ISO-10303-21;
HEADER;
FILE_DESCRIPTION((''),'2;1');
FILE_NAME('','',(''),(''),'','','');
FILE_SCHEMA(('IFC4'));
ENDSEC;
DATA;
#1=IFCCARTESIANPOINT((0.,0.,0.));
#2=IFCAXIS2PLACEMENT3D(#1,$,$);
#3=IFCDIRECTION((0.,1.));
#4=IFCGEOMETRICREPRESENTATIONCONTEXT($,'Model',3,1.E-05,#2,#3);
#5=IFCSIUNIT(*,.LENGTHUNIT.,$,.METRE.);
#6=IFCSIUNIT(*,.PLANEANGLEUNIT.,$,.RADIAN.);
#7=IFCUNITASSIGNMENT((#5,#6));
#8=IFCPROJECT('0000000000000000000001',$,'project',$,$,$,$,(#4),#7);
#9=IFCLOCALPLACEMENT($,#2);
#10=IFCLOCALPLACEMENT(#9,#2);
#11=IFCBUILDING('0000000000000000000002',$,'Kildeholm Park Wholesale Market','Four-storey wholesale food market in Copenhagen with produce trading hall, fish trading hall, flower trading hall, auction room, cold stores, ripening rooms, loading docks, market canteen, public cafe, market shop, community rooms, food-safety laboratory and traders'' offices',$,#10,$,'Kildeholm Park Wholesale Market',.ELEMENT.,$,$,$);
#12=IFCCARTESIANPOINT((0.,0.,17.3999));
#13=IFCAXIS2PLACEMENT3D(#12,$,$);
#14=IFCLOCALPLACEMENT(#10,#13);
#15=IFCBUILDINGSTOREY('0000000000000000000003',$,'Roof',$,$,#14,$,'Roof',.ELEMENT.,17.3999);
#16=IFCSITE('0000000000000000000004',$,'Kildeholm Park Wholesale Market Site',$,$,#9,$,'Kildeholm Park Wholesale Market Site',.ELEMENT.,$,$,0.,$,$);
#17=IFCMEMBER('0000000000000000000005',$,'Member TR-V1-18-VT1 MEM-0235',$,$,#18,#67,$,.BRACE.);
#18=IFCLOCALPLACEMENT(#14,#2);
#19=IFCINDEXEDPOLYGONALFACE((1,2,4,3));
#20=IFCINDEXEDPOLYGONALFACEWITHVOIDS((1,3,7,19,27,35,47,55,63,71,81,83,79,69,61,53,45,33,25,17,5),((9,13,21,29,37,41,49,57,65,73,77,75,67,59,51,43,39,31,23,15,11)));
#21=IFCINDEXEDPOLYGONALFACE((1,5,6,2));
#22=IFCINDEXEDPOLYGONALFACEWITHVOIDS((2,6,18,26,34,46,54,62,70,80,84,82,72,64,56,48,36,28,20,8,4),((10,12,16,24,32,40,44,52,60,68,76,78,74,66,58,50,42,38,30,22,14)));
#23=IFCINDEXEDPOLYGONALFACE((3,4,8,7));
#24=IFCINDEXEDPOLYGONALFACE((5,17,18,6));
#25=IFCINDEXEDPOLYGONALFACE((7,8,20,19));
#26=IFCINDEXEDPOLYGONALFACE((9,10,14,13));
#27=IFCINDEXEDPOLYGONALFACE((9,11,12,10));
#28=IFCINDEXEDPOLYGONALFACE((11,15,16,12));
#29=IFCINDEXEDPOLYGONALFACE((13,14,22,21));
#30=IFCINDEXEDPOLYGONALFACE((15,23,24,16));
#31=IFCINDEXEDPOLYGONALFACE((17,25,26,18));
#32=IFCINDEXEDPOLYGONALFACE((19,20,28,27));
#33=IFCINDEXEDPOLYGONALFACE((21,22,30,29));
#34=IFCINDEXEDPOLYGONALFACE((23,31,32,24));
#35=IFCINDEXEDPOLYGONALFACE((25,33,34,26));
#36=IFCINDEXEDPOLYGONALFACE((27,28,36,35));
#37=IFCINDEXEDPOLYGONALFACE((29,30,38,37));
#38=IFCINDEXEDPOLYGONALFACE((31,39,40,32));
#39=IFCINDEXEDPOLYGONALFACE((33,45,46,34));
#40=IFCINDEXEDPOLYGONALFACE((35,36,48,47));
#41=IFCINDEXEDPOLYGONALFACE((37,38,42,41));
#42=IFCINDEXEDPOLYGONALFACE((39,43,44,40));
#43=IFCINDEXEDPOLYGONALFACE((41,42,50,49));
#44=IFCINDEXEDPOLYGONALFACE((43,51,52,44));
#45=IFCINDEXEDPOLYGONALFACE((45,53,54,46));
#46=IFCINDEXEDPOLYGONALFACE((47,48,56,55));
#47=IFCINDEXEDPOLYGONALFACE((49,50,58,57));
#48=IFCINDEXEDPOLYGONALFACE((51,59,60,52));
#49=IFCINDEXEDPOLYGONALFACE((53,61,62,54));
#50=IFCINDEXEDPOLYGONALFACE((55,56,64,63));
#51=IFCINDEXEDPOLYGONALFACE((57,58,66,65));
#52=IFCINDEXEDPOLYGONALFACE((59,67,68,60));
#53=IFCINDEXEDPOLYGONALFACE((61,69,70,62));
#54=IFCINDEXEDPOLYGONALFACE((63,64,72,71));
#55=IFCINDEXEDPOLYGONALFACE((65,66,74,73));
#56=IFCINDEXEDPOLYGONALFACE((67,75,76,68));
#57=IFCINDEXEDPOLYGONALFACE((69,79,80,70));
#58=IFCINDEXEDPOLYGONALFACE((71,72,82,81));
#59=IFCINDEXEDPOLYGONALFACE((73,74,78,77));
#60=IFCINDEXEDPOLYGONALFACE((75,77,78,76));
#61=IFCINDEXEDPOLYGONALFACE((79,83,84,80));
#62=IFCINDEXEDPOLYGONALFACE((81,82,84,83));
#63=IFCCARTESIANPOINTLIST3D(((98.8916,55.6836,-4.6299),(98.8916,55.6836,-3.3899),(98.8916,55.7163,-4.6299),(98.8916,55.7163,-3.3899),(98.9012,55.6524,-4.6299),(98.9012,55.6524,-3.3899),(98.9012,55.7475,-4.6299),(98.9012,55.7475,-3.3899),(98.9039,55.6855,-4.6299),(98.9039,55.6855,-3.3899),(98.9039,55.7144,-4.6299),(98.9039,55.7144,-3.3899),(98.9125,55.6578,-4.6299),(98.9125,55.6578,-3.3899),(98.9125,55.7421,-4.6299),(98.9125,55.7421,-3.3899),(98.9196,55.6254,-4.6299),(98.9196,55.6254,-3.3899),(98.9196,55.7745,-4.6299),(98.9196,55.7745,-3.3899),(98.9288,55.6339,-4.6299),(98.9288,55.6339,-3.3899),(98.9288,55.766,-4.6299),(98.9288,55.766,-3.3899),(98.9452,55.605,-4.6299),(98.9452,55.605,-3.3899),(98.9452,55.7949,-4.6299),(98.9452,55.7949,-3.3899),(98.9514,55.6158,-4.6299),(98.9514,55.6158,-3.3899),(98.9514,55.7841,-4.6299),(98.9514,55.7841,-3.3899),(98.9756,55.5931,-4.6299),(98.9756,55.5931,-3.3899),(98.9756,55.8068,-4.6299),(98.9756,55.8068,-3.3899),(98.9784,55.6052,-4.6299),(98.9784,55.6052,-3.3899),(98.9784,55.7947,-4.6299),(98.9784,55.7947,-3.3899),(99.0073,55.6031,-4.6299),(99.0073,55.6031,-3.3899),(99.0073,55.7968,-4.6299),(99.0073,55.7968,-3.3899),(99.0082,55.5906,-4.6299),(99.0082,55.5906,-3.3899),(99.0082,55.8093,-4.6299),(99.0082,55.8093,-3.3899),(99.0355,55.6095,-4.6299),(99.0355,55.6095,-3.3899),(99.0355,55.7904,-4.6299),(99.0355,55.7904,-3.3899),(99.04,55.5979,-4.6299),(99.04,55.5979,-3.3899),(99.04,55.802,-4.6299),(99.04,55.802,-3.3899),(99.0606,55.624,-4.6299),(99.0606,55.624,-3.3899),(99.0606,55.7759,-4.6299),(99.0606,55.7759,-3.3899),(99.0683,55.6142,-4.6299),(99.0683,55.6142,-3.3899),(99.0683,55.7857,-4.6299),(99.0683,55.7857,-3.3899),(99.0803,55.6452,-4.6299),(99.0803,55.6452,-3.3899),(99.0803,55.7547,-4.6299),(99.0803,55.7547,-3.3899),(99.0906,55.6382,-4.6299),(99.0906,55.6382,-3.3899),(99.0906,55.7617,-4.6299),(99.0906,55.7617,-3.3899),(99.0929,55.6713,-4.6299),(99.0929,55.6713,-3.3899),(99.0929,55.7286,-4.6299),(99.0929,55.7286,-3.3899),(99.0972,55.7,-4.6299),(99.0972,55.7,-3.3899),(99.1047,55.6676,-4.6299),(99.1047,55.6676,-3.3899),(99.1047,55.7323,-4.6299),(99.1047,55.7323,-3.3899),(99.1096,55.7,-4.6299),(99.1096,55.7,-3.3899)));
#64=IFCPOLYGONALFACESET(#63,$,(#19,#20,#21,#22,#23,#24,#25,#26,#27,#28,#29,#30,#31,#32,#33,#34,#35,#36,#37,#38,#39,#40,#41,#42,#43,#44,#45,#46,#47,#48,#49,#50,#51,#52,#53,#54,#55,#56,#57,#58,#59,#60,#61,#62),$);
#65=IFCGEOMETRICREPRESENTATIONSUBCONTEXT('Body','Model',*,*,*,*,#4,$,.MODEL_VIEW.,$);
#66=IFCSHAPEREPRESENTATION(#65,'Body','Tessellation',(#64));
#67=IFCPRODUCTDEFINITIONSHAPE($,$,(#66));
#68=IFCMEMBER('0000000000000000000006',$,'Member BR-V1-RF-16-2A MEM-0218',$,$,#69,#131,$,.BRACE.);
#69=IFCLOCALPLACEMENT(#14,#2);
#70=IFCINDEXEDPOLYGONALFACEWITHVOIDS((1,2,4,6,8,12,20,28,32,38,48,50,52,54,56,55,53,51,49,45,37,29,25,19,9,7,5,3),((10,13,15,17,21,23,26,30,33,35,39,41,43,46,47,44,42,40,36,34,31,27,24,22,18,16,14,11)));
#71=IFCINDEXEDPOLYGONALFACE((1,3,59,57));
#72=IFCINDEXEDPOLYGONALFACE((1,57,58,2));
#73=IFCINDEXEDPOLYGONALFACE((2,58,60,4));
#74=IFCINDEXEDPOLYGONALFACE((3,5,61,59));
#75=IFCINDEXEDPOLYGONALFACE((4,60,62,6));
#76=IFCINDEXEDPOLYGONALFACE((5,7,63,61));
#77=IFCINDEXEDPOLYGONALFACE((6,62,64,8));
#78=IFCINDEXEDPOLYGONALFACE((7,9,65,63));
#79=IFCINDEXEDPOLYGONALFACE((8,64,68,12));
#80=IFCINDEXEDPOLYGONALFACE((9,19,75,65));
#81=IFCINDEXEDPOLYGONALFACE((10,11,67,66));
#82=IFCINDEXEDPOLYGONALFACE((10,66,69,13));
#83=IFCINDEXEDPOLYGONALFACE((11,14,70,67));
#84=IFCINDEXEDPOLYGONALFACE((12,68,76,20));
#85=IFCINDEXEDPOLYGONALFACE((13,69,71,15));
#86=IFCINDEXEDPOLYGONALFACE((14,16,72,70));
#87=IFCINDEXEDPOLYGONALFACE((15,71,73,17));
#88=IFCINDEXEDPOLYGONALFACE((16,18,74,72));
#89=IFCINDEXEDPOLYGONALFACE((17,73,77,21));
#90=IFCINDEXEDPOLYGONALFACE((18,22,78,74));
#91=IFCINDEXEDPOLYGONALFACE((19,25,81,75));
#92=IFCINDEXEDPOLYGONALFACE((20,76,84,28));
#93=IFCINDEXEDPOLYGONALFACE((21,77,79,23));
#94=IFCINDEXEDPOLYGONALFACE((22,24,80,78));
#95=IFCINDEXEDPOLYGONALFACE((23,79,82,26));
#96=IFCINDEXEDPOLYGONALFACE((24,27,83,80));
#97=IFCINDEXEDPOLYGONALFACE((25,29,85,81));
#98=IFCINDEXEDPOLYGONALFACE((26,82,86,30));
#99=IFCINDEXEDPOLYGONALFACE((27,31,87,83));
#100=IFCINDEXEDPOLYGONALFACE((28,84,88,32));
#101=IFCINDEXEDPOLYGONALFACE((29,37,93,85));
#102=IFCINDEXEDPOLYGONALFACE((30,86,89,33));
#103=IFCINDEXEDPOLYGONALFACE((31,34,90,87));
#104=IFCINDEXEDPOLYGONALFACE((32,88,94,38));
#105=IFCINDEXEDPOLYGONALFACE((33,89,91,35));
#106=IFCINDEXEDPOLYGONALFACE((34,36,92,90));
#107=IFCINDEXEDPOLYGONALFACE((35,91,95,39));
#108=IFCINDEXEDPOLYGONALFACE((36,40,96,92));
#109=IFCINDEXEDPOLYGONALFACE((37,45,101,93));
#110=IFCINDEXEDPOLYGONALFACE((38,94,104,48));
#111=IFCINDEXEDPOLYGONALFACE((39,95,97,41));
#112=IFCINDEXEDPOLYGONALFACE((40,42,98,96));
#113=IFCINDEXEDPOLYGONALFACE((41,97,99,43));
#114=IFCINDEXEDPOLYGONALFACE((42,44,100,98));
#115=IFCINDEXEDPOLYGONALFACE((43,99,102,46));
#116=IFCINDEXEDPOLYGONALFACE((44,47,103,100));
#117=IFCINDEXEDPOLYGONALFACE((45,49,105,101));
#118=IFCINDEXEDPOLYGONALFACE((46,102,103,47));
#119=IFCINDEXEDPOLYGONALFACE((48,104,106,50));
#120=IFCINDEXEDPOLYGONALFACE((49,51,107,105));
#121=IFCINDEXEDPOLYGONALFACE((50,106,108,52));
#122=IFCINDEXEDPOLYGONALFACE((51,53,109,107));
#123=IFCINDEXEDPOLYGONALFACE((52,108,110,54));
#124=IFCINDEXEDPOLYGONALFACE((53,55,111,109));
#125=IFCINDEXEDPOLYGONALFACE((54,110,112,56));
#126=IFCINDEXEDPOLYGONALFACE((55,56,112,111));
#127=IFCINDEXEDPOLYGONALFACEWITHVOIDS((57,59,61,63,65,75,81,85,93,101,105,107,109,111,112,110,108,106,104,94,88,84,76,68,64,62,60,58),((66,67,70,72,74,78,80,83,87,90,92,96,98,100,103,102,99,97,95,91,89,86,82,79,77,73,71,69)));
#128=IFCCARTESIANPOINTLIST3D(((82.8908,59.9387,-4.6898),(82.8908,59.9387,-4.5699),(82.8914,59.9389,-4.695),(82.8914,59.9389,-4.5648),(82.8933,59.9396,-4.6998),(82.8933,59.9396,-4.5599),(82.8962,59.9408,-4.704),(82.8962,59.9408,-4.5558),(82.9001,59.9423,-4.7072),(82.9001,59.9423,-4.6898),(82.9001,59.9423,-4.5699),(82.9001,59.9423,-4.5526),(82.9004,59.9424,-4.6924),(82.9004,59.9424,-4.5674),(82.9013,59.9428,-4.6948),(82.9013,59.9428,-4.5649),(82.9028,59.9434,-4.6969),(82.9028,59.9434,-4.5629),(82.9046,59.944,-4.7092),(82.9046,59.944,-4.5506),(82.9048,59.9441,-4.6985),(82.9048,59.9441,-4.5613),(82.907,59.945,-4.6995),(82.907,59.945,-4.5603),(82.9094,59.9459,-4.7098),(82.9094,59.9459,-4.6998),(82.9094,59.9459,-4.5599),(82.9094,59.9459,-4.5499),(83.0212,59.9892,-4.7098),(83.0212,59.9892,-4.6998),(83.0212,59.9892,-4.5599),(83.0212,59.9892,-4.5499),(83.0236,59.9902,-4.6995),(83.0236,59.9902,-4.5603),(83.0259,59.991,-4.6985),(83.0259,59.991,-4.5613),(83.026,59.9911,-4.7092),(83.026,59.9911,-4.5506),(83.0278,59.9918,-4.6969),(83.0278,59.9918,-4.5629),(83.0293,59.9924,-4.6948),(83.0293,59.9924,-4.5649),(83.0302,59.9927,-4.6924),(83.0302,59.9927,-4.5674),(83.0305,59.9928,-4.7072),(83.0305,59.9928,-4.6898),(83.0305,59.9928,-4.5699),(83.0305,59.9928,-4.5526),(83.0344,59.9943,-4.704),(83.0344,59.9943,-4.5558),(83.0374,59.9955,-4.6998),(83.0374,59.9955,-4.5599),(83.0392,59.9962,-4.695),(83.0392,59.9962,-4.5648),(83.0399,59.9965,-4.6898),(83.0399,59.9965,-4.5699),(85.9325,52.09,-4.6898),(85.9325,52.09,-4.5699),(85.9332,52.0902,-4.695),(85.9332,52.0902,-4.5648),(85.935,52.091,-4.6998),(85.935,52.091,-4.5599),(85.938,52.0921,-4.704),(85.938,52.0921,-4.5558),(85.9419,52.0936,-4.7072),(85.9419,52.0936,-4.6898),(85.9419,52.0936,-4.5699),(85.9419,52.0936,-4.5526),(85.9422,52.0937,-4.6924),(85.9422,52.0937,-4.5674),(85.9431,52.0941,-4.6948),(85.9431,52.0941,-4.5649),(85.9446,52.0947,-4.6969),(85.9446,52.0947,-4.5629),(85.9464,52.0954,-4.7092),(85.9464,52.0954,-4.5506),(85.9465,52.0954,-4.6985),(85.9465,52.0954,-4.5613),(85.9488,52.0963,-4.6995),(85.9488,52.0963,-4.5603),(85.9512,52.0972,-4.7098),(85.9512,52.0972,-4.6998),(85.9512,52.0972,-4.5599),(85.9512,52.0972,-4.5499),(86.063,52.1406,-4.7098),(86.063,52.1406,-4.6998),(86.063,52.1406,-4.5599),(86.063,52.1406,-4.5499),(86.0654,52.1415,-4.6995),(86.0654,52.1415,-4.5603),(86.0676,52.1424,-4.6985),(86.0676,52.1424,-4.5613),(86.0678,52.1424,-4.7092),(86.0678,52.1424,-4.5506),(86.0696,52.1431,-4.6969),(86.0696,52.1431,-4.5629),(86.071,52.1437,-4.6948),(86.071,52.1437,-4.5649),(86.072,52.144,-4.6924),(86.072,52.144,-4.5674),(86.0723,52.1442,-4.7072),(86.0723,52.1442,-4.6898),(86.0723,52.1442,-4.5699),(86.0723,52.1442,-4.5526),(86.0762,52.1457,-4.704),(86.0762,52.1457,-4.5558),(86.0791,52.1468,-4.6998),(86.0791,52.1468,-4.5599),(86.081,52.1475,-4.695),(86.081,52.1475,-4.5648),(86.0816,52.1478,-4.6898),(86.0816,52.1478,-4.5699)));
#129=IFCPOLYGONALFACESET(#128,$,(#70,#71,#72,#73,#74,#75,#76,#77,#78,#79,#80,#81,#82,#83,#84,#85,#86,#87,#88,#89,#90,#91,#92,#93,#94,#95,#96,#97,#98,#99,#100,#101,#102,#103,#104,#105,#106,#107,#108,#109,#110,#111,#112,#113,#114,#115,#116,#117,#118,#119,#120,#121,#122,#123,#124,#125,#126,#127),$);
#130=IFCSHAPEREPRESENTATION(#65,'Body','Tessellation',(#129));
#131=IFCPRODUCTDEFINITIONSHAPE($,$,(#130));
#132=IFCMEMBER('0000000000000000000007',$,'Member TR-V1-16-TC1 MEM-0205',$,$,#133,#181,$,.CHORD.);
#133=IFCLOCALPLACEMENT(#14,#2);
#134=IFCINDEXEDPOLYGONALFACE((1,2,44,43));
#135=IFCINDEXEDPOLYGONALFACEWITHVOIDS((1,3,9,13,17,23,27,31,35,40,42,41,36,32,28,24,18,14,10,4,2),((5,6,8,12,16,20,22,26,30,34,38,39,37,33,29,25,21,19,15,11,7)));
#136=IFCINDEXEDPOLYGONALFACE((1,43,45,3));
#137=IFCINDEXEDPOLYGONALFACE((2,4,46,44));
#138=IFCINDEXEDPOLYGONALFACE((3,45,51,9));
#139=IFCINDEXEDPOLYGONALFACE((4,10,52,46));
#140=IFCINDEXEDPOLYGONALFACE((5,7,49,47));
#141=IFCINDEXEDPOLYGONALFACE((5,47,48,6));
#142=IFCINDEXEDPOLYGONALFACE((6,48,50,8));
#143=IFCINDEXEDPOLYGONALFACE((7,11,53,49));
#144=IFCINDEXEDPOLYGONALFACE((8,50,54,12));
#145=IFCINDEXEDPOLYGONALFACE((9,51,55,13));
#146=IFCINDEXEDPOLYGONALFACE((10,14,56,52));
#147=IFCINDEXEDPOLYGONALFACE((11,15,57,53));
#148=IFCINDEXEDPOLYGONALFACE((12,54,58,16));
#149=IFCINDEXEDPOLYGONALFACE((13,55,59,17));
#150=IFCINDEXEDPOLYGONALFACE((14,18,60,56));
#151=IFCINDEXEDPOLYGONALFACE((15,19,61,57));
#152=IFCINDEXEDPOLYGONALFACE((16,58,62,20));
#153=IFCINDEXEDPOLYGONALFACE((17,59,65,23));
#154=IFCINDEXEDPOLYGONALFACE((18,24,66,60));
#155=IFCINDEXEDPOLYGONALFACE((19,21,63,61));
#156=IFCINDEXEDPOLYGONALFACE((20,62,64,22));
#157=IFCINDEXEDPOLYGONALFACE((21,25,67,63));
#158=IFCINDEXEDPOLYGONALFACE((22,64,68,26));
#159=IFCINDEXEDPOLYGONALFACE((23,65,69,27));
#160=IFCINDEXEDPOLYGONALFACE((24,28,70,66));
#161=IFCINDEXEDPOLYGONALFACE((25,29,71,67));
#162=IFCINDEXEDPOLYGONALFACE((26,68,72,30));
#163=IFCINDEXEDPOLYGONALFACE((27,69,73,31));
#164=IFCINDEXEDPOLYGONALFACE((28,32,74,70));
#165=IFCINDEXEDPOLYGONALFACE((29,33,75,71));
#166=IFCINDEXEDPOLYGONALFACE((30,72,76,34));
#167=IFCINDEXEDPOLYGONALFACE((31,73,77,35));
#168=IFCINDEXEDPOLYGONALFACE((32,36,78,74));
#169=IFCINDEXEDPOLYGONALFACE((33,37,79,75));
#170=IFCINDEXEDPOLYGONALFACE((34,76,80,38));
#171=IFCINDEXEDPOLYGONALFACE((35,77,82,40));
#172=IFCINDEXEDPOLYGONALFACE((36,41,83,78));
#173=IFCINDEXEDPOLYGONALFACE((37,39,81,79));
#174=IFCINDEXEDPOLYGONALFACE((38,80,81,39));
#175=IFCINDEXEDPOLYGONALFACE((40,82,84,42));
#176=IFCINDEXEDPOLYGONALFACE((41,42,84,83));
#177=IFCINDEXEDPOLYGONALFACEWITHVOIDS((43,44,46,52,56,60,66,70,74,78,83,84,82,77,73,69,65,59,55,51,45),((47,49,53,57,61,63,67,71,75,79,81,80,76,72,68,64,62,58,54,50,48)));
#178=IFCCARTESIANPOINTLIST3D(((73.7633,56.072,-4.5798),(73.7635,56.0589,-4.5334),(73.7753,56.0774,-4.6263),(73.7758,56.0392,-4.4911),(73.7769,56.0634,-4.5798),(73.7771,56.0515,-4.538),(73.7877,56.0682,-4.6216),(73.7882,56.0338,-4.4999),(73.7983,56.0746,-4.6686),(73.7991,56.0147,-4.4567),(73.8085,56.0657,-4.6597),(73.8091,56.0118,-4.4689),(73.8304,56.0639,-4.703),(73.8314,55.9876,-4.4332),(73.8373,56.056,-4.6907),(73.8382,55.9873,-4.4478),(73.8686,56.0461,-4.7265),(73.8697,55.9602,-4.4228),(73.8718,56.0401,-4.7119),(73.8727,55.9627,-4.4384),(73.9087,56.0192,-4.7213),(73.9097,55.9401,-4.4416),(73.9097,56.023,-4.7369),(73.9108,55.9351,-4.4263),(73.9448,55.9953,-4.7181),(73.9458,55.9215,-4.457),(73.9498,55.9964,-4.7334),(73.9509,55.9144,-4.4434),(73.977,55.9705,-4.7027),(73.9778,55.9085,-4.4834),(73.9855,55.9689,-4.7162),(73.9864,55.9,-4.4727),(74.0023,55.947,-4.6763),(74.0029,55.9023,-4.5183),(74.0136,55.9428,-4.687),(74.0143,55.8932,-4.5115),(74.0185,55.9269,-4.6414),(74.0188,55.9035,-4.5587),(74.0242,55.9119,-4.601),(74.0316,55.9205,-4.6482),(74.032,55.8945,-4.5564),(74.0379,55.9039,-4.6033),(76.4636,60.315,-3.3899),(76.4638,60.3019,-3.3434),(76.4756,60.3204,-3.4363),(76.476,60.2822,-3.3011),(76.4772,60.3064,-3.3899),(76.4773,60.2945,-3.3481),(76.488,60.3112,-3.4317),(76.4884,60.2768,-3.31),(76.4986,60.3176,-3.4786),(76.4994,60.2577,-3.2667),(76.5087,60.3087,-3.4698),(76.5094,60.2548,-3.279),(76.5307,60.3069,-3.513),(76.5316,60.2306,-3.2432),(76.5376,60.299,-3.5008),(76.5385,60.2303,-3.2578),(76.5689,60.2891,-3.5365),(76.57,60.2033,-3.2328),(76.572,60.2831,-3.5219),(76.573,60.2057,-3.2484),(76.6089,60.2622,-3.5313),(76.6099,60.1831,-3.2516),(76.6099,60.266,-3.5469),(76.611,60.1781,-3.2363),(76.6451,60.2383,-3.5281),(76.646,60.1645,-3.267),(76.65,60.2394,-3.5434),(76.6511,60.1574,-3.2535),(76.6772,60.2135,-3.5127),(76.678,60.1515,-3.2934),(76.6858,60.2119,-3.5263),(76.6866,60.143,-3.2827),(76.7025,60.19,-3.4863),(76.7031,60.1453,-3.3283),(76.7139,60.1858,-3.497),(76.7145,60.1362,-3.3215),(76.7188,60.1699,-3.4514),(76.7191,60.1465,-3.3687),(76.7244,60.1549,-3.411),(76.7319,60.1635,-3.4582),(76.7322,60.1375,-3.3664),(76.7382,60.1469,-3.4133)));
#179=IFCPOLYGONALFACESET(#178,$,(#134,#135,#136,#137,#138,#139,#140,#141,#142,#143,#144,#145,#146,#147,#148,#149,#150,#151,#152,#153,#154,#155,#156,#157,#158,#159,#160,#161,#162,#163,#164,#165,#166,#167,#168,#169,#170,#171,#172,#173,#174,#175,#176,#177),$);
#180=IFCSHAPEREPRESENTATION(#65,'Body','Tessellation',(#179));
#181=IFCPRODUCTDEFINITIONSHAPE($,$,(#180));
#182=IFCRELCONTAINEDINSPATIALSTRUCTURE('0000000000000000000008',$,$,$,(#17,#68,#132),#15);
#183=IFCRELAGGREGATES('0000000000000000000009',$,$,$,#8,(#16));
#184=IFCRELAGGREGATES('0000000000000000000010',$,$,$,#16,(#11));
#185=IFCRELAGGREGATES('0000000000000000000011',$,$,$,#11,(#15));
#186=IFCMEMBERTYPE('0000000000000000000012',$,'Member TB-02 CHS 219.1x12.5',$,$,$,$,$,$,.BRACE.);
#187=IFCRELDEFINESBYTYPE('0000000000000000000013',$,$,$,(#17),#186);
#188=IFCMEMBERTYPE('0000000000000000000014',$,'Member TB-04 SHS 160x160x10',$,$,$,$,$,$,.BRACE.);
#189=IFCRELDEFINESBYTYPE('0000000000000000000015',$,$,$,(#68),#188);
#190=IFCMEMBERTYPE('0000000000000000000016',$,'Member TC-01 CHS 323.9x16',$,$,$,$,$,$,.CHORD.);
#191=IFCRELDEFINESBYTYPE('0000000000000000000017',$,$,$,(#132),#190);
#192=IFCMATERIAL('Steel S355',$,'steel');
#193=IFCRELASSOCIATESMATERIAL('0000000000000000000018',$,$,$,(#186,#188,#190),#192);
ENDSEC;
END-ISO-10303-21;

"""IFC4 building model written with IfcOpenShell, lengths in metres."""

from ifc_helpers import new_model, si_unit, direction, frame, origin, origin_2d, place, context, subcontext, project, spatial, hollow_rectangle, hollow_circle, extrude, material, material_profile, profile_set, type_object, element, save


model = new_model("IFC4")

# Units and contexts
model_context = context("Model", 3, precision=1e-05, world=origin(), true_north=direction((0.0, 1.0)))
body_context = subcontext(model_context, "Body", "Model", "MODEL_VIEW")
ifc_project = project(units=[si_unit("LENGTHUNIT", "METRE"), si_unit("PLANEANGLEUNIT", "RADIAN")], contexts=[model_context])

# Site, building, storey
site_placement = place(None, origin())
site = spatial("IfcSite", under=ifc_project, at=site_placement, Name="Kildeholm Park Wholesale Market Site", LongName="Kildeholm Park Wholesale Market Site", CompositionType="ELEMENT", RefElevation=0.0)
building_placement = place(site_placement, origin())
building = spatial("IfcBuilding", under=site, at=building_placement, Name="Kildeholm Park Wholesale Market", Description="Four-storey wholesale food market in Copenhagen with produce trading hall, fish trading hall, flower trading hall, auction room, cold stores, ripening rooms, loading docks, market canteen, public cafe, market shop, community rooms, food-safety laboratory and traders' offices", LongName="Kildeholm Park Wholesale Market", CompositionType="ELEMENT")
storey_placement = place(building_placement, frame((0.0, 0.0, 17.3999)))
storey = spatial("IfcBuildingStorey", under=building, at=storey_placement, Name="Roof", LongName="Roof", CompositionType="ELEMENT", Elevation=17.3999)

# Shared definitions
ifc_material_1 = material(Name="Steel S355", Category="steel")

# Members
ifc_material_profile_1 = material_profile(ifc_material_1, hollow_circle(Radius=0.1096, WallThickness=0.0125, at=origin_2d()), Name="CHS 219.1x12.5")
ifc_profile_set_1 = profile_set([ifc_material_profile_1], Name="Steel S355")
member_type_1 = type_object("IfcMemberType", Name="Member TB-02 CHS 219.1x12.5", PredefinedType="BRACE", material=ifc_profile_set_1)
member_1_placement = place(storey_placement, frame((99.0, 55.7, -4.6299), z_axis=(0.0, 0.0, 1.0), x_axis=(1.0, 0.0, 0.0)))
element("IfcMember", 1, at=member_1_placement, inside=storey, type_object=member_type_1, Name="Member TR-V1-18-VT1 MEM-0235", PredefinedType="BRACE", context=body_context, shape_type="SweptSolid", body=[
    extrude(hollow_circle(Radius=0.1096, WallThickness=0.0125, at=origin_2d()), origin(), (0.0, 0.0, 1.0), 1.24),
])
ifc_material_profile_2 = material_profile(ifc_material_1, hollow_rectangle(XDim=0.1599, YDim=0.1599, WallThickness=0.01, InnerFilletRadius=0.01, OuterFilletRadius=0.02, at=origin_2d()), Name="SHS 160x160x10")
ifc_profile_set_2 = profile_set([ifc_material_profile_2], Name="Steel S355")
member_type_2 = type_object("IfcMemberType", Name="Member TB-04 SHS 160x160x10", PredefinedType="BRACE", material=ifc_profile_set_2)
member_2_placement = place(storey_placement, frame((86.0071, 52.1189, -4.6299), z_axis=(-0.361363, 0.932425, 0.0), x_axis=(-0.932425, -0.361363, 0.0)))
element("IfcMember", 2, at=member_2_placement, inside=storey, type_object=member_type_2, Name="Member BR-V1-RF-16-2A MEM-0218", PredefinedType="BRACE", context=body_context, shape_type="SweptSolid", body=[
    extrude(hollow_rectangle(XDim=0.1599, YDim=0.1599, WallThickness=0.01, InnerFilletRadius=0.01, OuterFilletRadius=0.02, at=origin_2d()), origin(), (0.0, 0.0, 1.0), 8.4175),
])
ifc_material_profile_3 = material_profile(ifc_material_1, hollow_circle(Radius=0.1619, WallThickness=0.0161, at=origin_2d()), Name="CHS 323.9x16")
ifc_profile_set_3 = profile_set([ifc_material_profile_3], Name="Steel S355")
member_type_3 = type_object("IfcMemberType", Name="Member TC-01 CHS 323.9x16", PredefinedType="CHORD", material=ifc_profile_set_3)
member_3_placement = place(storey_placement, frame((73.8999, 55.9851, -4.5798), z_axis=(0.522472, 0.820981, 0.230247), x_axis=(-0.843647, 0.536897, 0.0)))
element("IfcMember", 3, at=member_3_placement, inside=storey, type_object=member_type_3, Name="Member TR-V1-16-TC1 MEM-0205", PredefinedType="CHORD", context=body_context, shape_type="SweptSolid", body=[
    extrude(hollow_circle(Radius=0.1619, WallThickness=0.0161, at=origin_2d()), origin(), (0.0, 0.0, 1.0), 5.1682),
])

save(model, "model.ifc")
